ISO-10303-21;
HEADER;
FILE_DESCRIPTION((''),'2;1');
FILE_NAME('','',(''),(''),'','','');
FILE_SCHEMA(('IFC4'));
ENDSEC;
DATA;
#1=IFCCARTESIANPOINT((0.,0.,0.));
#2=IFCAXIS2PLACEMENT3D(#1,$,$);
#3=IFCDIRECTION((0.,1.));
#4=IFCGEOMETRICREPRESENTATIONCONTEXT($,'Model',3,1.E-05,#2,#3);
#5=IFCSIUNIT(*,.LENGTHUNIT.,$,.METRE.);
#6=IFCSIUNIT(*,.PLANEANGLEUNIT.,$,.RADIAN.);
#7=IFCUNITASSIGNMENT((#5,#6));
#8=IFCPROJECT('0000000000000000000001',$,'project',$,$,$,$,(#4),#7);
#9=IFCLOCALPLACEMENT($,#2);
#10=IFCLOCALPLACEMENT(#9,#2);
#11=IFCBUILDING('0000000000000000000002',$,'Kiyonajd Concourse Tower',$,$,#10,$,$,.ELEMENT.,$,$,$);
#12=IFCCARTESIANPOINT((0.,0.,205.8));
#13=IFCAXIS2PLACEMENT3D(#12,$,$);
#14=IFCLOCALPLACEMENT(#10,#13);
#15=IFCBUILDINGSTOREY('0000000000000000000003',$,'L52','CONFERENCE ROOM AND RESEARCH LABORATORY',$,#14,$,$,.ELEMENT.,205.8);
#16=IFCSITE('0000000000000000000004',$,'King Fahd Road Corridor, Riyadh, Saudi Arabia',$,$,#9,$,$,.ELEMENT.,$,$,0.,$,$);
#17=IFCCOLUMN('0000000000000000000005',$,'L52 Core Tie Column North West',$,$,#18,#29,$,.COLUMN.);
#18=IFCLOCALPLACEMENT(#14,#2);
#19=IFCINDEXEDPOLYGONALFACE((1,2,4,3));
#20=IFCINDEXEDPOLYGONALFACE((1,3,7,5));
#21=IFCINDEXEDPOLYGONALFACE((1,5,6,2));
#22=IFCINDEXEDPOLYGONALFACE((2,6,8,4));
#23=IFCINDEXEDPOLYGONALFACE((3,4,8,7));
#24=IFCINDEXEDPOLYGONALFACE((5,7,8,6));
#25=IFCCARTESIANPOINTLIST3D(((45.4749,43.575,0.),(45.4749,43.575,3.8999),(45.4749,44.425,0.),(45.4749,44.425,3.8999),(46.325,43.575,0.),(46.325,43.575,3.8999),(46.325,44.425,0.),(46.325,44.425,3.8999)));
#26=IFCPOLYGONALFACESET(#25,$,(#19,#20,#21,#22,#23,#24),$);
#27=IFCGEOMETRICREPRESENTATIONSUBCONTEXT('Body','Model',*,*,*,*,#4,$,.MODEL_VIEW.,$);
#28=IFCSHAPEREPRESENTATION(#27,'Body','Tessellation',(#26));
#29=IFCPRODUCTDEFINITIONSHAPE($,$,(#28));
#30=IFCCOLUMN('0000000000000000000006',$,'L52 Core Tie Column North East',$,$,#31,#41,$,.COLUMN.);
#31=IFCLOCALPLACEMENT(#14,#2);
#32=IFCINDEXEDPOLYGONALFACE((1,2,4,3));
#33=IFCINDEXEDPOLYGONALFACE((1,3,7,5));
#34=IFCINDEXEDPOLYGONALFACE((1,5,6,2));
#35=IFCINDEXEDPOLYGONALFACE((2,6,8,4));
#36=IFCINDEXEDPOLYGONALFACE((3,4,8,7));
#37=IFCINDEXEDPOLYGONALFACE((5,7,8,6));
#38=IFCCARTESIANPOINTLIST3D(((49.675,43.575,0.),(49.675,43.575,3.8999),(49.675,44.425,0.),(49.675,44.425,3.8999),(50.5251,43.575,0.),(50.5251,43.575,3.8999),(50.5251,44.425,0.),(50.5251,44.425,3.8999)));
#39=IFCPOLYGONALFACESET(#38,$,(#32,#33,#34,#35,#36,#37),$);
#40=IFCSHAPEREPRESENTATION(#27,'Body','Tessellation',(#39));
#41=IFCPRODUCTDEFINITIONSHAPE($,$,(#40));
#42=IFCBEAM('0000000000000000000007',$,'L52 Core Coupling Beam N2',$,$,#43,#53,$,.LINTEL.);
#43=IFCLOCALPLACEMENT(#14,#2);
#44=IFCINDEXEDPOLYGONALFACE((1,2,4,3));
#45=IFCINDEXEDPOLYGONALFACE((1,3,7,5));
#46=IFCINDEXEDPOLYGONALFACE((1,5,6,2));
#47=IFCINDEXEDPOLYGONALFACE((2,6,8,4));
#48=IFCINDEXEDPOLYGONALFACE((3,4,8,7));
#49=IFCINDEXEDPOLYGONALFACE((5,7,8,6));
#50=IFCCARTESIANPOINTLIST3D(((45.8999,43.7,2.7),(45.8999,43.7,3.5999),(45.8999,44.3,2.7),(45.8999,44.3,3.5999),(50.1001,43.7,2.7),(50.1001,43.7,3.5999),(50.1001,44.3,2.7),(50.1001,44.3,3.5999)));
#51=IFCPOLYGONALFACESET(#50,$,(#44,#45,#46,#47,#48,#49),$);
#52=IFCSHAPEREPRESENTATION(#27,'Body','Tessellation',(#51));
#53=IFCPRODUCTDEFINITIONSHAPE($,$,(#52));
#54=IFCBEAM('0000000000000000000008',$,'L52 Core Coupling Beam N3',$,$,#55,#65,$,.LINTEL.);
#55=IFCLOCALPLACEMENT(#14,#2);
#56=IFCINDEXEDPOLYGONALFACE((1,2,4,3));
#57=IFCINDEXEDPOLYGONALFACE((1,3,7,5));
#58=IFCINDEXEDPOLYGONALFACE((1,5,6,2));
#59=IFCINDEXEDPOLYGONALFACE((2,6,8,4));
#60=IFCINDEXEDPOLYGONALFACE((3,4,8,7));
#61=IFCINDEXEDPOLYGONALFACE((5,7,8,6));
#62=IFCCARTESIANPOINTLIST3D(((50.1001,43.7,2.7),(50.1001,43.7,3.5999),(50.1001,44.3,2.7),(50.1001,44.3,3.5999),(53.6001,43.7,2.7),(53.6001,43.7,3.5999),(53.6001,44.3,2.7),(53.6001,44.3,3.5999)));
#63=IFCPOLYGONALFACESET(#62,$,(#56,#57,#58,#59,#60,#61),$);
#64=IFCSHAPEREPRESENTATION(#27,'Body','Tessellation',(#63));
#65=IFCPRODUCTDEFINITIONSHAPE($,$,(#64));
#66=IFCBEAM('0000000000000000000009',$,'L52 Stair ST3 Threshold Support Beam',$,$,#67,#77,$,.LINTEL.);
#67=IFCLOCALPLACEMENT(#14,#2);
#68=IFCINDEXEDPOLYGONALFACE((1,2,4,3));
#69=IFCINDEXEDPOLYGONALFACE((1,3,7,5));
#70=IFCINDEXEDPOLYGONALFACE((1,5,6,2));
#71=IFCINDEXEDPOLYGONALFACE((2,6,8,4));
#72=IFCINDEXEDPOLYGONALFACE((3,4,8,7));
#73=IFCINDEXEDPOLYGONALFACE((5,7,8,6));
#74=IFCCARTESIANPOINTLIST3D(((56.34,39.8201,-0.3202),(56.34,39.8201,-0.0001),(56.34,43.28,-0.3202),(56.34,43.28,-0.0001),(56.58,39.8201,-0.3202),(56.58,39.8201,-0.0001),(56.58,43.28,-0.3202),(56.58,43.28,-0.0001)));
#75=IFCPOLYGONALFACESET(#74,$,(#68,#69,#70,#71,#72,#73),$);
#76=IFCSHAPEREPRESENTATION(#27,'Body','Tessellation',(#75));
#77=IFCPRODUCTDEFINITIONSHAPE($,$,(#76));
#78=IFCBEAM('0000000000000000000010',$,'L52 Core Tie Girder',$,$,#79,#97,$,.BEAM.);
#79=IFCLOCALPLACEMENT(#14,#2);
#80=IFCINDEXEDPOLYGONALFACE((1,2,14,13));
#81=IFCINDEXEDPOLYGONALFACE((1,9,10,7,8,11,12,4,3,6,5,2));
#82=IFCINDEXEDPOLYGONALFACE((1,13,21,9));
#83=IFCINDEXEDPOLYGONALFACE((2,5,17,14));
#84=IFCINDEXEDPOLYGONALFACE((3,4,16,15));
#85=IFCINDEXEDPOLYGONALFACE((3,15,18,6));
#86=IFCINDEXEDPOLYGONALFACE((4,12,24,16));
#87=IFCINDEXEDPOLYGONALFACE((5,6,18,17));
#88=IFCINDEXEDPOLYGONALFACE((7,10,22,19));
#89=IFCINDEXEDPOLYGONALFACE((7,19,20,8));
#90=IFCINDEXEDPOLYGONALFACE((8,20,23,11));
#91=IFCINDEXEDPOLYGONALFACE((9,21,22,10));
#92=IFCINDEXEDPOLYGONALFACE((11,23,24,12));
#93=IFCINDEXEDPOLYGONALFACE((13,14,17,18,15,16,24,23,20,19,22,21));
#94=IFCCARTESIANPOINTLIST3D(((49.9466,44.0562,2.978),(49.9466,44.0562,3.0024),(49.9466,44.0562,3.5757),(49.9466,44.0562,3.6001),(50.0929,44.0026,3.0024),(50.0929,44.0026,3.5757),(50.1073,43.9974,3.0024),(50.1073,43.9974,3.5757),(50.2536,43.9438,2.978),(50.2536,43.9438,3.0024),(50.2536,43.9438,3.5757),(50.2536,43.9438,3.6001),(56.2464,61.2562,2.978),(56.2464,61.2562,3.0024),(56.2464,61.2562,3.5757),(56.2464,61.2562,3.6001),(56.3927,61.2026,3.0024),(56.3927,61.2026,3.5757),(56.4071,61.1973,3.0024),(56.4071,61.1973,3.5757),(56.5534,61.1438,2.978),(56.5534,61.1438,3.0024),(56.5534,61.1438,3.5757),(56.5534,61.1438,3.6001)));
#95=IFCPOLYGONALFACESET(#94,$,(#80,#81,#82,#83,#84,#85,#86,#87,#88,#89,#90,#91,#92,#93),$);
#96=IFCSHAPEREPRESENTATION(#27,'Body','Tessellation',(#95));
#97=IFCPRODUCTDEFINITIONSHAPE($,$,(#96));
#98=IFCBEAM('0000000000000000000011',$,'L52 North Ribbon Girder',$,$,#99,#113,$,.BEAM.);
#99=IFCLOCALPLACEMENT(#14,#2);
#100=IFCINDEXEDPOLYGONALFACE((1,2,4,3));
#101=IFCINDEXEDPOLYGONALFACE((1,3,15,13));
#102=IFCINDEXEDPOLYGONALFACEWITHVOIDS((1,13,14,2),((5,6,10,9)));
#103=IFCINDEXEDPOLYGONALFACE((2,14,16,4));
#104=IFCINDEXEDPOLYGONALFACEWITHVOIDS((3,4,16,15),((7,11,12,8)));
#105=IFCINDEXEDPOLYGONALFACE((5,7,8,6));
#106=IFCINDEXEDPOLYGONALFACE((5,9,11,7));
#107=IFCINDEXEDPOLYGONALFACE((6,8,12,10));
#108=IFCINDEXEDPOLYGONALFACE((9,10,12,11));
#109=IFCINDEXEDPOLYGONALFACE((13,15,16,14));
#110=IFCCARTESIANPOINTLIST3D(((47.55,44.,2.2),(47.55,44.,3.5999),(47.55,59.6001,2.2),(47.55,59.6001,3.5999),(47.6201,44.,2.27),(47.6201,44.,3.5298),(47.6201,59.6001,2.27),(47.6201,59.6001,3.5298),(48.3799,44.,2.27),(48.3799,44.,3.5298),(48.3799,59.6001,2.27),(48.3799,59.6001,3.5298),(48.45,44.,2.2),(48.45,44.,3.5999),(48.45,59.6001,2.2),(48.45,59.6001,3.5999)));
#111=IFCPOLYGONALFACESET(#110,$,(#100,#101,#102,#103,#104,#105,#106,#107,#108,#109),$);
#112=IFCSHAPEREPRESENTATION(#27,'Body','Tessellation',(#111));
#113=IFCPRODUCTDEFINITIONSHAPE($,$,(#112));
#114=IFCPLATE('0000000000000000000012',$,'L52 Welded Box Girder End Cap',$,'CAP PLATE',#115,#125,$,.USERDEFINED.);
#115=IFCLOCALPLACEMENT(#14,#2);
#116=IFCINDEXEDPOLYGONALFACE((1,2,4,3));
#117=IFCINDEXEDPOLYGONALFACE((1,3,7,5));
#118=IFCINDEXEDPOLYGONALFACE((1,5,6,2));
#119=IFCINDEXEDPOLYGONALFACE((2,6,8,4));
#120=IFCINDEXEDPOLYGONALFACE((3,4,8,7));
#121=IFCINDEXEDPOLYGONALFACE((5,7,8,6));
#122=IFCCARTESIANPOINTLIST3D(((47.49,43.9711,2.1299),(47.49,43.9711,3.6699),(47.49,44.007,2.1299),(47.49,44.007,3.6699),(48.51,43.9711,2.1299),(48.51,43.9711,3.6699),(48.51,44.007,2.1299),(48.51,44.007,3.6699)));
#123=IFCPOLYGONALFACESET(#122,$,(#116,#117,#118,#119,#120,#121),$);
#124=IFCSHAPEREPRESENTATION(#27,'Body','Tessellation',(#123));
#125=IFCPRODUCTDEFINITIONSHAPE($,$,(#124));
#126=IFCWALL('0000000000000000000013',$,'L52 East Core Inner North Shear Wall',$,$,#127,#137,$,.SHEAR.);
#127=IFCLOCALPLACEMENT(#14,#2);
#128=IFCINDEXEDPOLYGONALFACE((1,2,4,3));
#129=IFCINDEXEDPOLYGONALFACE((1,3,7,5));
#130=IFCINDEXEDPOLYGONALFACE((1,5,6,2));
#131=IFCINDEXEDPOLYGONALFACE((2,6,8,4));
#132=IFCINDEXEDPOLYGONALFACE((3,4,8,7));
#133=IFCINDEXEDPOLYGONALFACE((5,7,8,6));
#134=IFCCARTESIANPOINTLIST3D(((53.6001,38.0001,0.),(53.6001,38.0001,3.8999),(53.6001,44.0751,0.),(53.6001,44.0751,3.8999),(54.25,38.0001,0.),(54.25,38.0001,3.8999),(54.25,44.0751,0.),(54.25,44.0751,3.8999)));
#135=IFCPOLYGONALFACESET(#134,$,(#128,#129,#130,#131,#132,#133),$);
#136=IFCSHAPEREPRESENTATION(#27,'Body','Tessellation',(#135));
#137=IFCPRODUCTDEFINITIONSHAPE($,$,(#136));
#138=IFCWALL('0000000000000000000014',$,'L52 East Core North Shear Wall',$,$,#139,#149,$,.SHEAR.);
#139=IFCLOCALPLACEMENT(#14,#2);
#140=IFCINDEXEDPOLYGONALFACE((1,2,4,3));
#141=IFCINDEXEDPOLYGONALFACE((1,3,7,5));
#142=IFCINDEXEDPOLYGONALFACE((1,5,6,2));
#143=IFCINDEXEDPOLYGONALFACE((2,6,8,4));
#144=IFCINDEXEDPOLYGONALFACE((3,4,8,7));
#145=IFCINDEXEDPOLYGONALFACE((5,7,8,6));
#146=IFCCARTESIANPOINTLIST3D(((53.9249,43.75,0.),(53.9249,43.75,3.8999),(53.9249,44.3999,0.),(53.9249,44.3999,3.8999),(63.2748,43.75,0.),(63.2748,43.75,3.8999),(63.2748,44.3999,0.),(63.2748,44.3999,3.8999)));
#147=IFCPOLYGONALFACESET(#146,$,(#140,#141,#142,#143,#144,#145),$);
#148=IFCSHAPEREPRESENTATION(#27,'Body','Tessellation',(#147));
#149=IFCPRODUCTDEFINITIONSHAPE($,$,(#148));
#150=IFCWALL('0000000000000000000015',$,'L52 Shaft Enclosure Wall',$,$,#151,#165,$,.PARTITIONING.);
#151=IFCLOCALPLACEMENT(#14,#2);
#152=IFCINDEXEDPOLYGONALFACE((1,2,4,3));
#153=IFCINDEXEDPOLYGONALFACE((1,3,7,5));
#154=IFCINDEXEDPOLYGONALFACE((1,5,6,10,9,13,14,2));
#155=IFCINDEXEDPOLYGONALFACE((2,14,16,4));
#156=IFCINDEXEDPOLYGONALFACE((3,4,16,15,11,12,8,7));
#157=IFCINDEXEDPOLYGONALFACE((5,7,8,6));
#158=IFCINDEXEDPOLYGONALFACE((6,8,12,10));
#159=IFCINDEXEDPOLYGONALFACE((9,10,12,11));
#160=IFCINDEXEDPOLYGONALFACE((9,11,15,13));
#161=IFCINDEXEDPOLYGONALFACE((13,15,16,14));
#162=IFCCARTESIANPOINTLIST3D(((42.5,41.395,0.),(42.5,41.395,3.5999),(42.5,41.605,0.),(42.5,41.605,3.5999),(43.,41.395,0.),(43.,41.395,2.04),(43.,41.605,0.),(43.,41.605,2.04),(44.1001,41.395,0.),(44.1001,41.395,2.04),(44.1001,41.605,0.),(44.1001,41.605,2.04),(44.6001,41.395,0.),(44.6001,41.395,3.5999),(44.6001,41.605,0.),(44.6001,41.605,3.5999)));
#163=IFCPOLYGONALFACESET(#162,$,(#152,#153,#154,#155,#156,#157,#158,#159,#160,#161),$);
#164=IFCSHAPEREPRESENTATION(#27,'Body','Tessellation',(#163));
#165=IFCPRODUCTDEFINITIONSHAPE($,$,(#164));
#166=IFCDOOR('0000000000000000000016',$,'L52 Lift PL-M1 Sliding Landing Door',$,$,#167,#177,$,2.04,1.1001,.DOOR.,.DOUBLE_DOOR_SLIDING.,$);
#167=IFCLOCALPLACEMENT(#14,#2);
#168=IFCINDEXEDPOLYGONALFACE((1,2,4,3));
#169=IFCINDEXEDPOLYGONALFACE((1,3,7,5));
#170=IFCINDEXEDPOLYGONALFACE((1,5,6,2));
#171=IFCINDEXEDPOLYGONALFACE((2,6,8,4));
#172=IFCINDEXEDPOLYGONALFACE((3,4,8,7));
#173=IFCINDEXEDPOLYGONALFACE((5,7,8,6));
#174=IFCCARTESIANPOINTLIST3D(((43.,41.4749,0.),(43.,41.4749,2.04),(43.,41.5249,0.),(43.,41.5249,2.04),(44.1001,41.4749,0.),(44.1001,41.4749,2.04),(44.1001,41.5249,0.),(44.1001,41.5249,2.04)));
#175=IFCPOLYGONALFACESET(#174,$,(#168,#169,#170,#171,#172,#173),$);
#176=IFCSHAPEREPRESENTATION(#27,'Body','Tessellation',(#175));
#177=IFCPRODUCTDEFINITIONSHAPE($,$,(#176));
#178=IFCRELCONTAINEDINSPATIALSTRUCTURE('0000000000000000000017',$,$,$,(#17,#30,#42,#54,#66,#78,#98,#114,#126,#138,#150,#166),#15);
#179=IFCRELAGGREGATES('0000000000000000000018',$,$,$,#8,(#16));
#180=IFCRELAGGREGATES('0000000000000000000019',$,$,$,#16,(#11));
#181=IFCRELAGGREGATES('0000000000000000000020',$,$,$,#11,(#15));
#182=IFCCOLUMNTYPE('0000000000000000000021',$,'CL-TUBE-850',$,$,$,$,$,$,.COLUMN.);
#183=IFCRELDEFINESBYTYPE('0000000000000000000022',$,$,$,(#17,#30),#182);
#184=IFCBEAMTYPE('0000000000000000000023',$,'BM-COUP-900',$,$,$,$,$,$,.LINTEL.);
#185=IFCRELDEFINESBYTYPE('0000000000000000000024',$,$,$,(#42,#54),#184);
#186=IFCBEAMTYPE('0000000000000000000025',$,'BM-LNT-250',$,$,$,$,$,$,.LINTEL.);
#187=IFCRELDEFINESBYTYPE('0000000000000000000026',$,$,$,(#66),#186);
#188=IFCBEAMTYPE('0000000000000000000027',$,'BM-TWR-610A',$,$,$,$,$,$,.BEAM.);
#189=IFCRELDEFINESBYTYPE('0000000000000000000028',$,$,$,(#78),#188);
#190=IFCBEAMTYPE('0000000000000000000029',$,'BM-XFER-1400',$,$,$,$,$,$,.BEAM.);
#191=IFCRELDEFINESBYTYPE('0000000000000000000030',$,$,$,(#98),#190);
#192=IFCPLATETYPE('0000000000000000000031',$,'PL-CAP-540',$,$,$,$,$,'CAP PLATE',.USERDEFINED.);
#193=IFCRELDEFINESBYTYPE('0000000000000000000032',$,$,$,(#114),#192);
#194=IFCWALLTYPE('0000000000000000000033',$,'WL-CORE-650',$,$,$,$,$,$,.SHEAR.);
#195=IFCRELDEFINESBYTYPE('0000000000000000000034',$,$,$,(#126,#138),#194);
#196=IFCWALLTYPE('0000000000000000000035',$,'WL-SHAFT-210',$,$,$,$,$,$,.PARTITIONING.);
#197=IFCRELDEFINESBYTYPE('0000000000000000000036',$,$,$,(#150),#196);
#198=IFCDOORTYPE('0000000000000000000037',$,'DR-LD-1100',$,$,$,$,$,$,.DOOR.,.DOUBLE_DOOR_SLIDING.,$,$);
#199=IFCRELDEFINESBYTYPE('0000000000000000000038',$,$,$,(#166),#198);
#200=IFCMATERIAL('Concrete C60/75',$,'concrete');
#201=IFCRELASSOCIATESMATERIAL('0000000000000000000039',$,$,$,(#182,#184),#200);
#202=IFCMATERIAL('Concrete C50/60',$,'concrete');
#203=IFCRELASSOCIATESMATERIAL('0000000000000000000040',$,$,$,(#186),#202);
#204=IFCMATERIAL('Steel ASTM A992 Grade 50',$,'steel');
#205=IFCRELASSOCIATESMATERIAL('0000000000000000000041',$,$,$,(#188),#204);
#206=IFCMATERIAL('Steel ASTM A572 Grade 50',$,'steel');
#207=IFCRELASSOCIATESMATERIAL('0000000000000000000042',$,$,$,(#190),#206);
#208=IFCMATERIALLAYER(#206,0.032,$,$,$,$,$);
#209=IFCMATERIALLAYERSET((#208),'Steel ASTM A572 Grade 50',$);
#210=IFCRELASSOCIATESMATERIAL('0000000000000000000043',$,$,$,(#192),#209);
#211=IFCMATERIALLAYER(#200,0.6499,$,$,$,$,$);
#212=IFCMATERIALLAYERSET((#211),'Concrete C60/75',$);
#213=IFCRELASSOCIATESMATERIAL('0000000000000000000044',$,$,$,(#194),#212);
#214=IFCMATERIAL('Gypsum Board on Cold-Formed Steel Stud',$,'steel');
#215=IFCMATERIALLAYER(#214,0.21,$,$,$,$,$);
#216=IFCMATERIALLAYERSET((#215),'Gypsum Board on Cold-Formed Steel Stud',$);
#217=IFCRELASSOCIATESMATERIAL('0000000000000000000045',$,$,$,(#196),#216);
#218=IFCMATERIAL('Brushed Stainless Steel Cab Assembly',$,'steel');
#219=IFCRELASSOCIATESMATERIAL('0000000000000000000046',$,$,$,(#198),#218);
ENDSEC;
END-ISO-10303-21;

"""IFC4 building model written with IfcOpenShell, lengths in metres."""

from ifc_helpers import new_model, si_unit, direction, frame, frame_2d, origin, origin_2d, place, context, subcontext, project, spatial, rectangle, hollow_rectangle, i_section, extrude, material, layer, layer_set, material_profile, profile_set, type_object, element, fill, save


model = new_model("IFC4")

# Units and contexts
model_context = context("Model", 3, precision=1e-05, world=origin(), true_north=direction((0.0, 1.0)))
body_context = subcontext(model_context, "Body", "Model", "MODEL_VIEW")
ifc_project = project(units=[si_unit("LENGTHUNIT", "METRE"), si_unit("PLANEANGLEUNIT", "RADIAN")], contexts=[model_context])

# Site, building, storey
site_placement = place(None, origin())
site = spatial("IfcSite", under=ifc_project, at=site_placement, Name="King Fahd Road Corridor, Riyadh, Saudi Arabia", CompositionType="ELEMENT", RefElevation=0.0)
building_placement = place(site_placement, origin())
building = spatial("IfcBuilding", under=site, at=building_placement, Name="Kiyonajd Concourse Tower", CompositionType="ELEMENT")
storey_placement = place(building_placement, frame((0.0, 0.0, 205.8)))
storey = spatial("IfcBuildingStorey", under=building, at=storey_placement, Name="L52", Description="CONFERENCE ROOM AND RESEARCH LABORATORY", CompositionType="ELEMENT", Elevation=205.8)

# Columns
ifc_material_1 = material(Name="Concrete C60/75", Category="concrete")
ifc_material_profile_1 = material_profile(ifc_material_1, rectangle(XDim=0.8501, YDim=0.8501, at=origin_2d()), Name="RC-850x850")
ifc_profile_set_1 = profile_set([ifc_material_profile_1], Name="Concrete C60/75")
column_type = type_object("IfcColumnType", Name="CL-TUBE-850", PredefinedType="COLUMN", material=ifc_profile_set_1)
for number, where, z_axis, x_axis, name in (
    (1, (45.8999, 44.0, 0.0), (0.0, 0.0, 1.0), (1.0, 0.0, 0.0), "L52 Core Tie Column North West"),
    (2, (50.1001, 44.0, 0.0), (0.0, 0.0, 1.0), (1.0, 0.0, 0.0), "L52 Core Tie Column North East"),
):
    element("IfcColumn", number, at=place(storey_placement, frame(where, z_axis=z_axis, x_axis=x_axis)), inside=storey, type_object=column_type, Name=name, PredefinedType="COLUMN", context=body_context, shape_type="SweptSolid", body=[
        extrude(rectangle(XDim=0.8501, YDim=0.8501, at=origin_2d()), origin(), (0.0, 0.0, 1.0), 3.8999),
    ])

# Beams
ifc_material_profile_2 = material_profile(ifc_material_1, rectangle(XDim=0.6001, YDim=0.8999, at=origin_2d()), Name="RCBM-600x900")
ifc_profile_set_2 = profile_set([ifc_material_profile_2], Name="Concrete C60/75")
beam_type_1 = type_object("IfcBeamType", Name="BM-COUP-900", PredefinedType="LINTEL", material=ifc_profile_set_2)
beam_1_placement = place(storey_placement, frame((45.8999, 44.0, 3.1499), z_axis=(1.0, 0.0, 0.0), x_axis=(0.0, 1.0, 0.0)))
element("IfcBeam", 3, at=beam_1_placement, inside=storey, type_object=beam_type_1, Name="L52 Core Coupling Beam N2", PredefinedType="LINTEL", context=body_context, shape_type="SweptSolid", body=[
    extrude(rectangle(XDim=0.6001, YDim=0.8999, at=origin_2d()), origin(), (0.0, 0.0, 1.0), 4.2002),
])
beam_2_placement = place(storey_placement, frame((50.1001, 44.0, 3.1499), z_axis=(1.0, 0.0, 0.0), x_axis=(0.0, 1.0, 0.0)))
element("IfcBeam", 4, at=beam_2_placement, inside=storey, type_object=beam_type_1, Name="L52 Core Coupling Beam N3", PredefinedType="LINTEL", context=body_context, shape_type="SweptSolid", body=[
    extrude(rectangle(XDim=0.6001, YDim=0.8999, at=origin_2d()), origin(), (0.0, 0.0, 1.0), 3.5),
])
ifc_material_2 = material(Name="Concrete C50/60", Category="concrete")
ifc_material_profile_3 = material_profile(ifc_material_2, rectangle(XDim=0.24, YDim=0.3201, at=origin_2d()), Name="RCBM-240x320")
ifc_profile_set_3 = profile_set([ifc_material_profile_3], Name="Concrete C50/60")
beam_type_2 = type_object("IfcBeamType", Name="BM-LNT-250", PredefinedType="LINTEL", material=ifc_profile_set_3)
beam_3_placement = place(storey_placement, frame((56.46, 39.8201, -0.1602), z_axis=(0.0, 1.0, 0.0), x_axis=(-1.0, 0.0, 0.0)))
element("IfcBeam", 5, at=beam_3_placement, inside=storey, type_object=beam_type_2, Name="L52 Stair ST3 Threshold Support Beam", PredefinedType="LINTEL", context=body_context, shape_type="SweptSolid", body=[
    extrude(rectangle(XDim=0.24, YDim=0.3201, at=origin_2d()), origin(), (0.0, 0.0, 1.0), 3.46),
])
ifc_material_3 = material(Name="Steel ASTM A992 Grade 50", Category="steel")
ifc_material_profile_4 = material_profile(ifc_material_3, i_section(OverallWidth=0.3269, OverallDepth=0.6221, WebThickness=0.0154, FlangeThickness=0.0244, at=origin_2d()), Name="W610X195")
ifc_profile_set_4 = profile_set([ifc_material_profile_4], Name="Steel ASTM A992 Grade 50")
beam_type_3 = type_object("IfcBeamType", Name="BM-TWR-610A", PredefinedType="BEAM", material=ifc_profile_set_4)
beam_4_placement = place(storey_placement, frame((50.1001, 44.0, 3.2891), z_axis=(0.343925, 0.938997, 0.0), x_axis=(-0.938997, 0.343925, 0.0)))
element("IfcBeam", 6, at=beam_4_placement, inside=storey, type_object=beam_type_3, Name="L52 Core Tie Girder", PredefinedType="BEAM", context=body_context, shape_type="SweptSolid", body=[
    extrude(i_section(OverallWidth=0.3269, OverallDepth=0.6221, WebThickness=0.0154, FlangeThickness=0.0244, at=origin_2d()), origin(), (0.0, 0.0, 1.0), 18.3174),
])
ifc_material_4 = material(Name="Steel ASTM A572 Grade 50", Category="steel")
ifc_material_profile_5 = material_profile(ifc_material_4, hollow_rectangle(XDim=0.8999, YDim=1.3999, WallThickness=0.0701, at=origin_2d()), Name="BOX-1400x900x70")
ifc_profile_set_5 = profile_set([ifc_material_profile_5], Name="Steel ASTM A572 Grade 50")
beam_type_4 = type_object("IfcBeamType", Name="BM-XFER-1400", PredefinedType="BEAM", material=ifc_profile_set_5)
beam_5_placement = place(storey_placement, frame((48.0, 44.0, 2.8999), z_axis=(0.0, 1.0, 0.0), x_axis=(-1.0, 0.0, 0.0)))
element("IfcBeam", 7, at=beam_5_placement, inside=storey, type_object=beam_type_4, Name="L52 North Ribbon Girder", PredefinedType="BEAM", context=body_context, shape_type="SweptSolid", body=[
    extrude(hollow_rectangle(XDim=0.8999, YDim=1.3999, WallThickness=0.0701, at=origin_2d()), origin(), (0.0, 0.0, 1.0), 15.6001),
])

# Plate
ifc_layer_1 = layer(ifc_material_4, 0.032)
ifc_layer_set_1 = layer_set([ifc_layer_1], Name="Steel ASTM A572 Grade 50")
plate_type = type_object("IfcPlateType", Name="PL-CAP-540", ElementType="CAP PLATE", PredefinedType="USERDEFINED", material=ifc_layer_set_1)
plate_placement = place(storey_placement, frame((48.0, 43.989, 2.1299), z_axis=(0.0, 0.0, 1.0), x_axis=(0.0, -1.0, 0.0)))
element("IfcPlate", 8, at=plate_placement, inside=storey, type_object=plate_type, Name="L52 Welded Box Girder End Cap", ObjectType="CAP PLATE", PredefinedType="USERDEFINED", context=body_context, shape_type="SweptSolid", body=[
    extrude(rectangle(XDim=0.0359, YDim=1.02, at=origin_2d()), origin(), (0.0, 0.0, 1.0), 1.54),
])

# Walls
ifc_layer_2 = layer(ifc_material_1, 0.6499)
ifc_layer_set_2 = layer_set([ifc_layer_2], Name="Concrete C60/75")
wall_type_1 = type_object("IfcWallType", Name="WL-CORE-650", PredefinedType="SHEAR", material=ifc_layer_set_2)
wall_1_placement = place(storey_placement, frame((53.925, 38.0, 0.0), z_axis=(0.0, 0.0, 1.0), x_axis=(0.0, 1.0, 0.0)))
element("IfcWall", 9, at=wall_1_placement, inside=storey, type_object=wall_type_1, Name="L52 East Core Inner North Shear Wall", PredefinedType="SHEAR", context=body_context, shape_type="SweptSolid", body=[
    extrude(rectangle(XDim=6.075, YDim=0.6499, at=frame_2d((3.0376, 0.0))), origin(), (0.0, 0.0, 1.0), 3.8999),
])
wall_2_placement = place(storey_placement, frame((53.925, 44.075, 0.0), z_axis=(0.0, 0.0, 1.0), x_axis=(1.0, 0.0, 0.0)))
element("IfcWall", 10, at=wall_2_placement, inside=storey, type_object=wall_type_1, Name="L52 East Core North Shear Wall", PredefinedType="SHEAR", context=body_context, shape_type="SweptSolid", body=[
    extrude(rectangle(XDim=9.3499, YDim=0.6499, at=frame_2d((4.6748, 0.0))), origin(), (0.0, 0.0, 1.0), 3.8999),
])

# Wall, opening, door
ifc_material_5 = material(Name="Gypsum Board on Cold-Formed Steel Stud", Category="steel")
ifc_layer_3 = layer(ifc_material_5, 0.21)
ifc_layer_set_3 = layer_set([ifc_layer_3], Name="Gypsum Board on Cold-Formed Steel Stud")
wall_type_2 = type_object("IfcWallType", Name="WL-SHAFT-210", PredefinedType="PARTITIONING", material=ifc_layer_set_3)
wall_3_placement = place(storey_placement, frame((42.5, 41.5, 0.0), z_axis=(0.0, 0.0, 1.0), x_axis=(1.0, 0.0, 0.0)))
wall_3 = element("IfcWall", 11, at=wall_3_placement, inside=storey, type_object=wall_type_2, Name="L52 Shaft Enclosure Wall", PredefinedType="PARTITIONING", context=body_context, shape_type="SweptSolid", body=[
    extrude(rectangle(XDim=2.1001, YDim=0.21, at=frame_2d((1.05, 0.0))), origin(), (0.0, 0.0, 1.0), 3.5999),
])
opening_1_placement = place(wall_3_placement, frame((0.5, 0.0, 0.0)))
opening_1 = element("IfcOpeningElement", 12, at=opening_1_placement, cuts=wall_3, PredefinedType="OPENING", context=body_context, shape_type="SweptSolid", body=[
    extrude(rectangle(XDim=1.1001, YDim=2.04, at=frame_2d((0.55, 1.02))), frame((0.0, 0.115, 0.0), z_axis=(0.0, -1.0, 0.0), x_axis=(1.0, 0.0, 0.0)), (0.0, 0.0, 1.0), 0.23),
])
ifc_material_6 = material(Name="Brushed Stainless Steel Cab Assembly", Category="steel")
door_type_1 = type_object("IfcDoorType", Name="DR-LD-1100", OperationType="DOUBLE_DOOR_SLIDING", PredefinedType="DOOR", material=ifc_material_6)
door_1_placement = place(opening_1_placement, origin())
door_1 = element("IfcDoor", 13, at=door_1_placement, inside=storey, type_object=door_type_1, Name="L52 Lift PL-M1 Sliding Landing Door", OperationType="DOUBLE_DOOR_SLIDING", OverallHeight=2.04, OverallWidth=1.1001, PredefinedType="DOOR", context=body_context, shape_type="SweptSolid", body=[
    extrude(rectangle(XDim=1.1001, YDim=2.04, at=frame_2d((0.55, 1.02))), frame((0.0, 0.0249, 0.0), z_axis=(0.0, -1.0, 0.0), x_axis=(1.0, 0.0, 0.0)), (0.0, 0.0, 1.0), 0.05),
])
fill(opening_1, door_1)

save(model, "model.ifc")
